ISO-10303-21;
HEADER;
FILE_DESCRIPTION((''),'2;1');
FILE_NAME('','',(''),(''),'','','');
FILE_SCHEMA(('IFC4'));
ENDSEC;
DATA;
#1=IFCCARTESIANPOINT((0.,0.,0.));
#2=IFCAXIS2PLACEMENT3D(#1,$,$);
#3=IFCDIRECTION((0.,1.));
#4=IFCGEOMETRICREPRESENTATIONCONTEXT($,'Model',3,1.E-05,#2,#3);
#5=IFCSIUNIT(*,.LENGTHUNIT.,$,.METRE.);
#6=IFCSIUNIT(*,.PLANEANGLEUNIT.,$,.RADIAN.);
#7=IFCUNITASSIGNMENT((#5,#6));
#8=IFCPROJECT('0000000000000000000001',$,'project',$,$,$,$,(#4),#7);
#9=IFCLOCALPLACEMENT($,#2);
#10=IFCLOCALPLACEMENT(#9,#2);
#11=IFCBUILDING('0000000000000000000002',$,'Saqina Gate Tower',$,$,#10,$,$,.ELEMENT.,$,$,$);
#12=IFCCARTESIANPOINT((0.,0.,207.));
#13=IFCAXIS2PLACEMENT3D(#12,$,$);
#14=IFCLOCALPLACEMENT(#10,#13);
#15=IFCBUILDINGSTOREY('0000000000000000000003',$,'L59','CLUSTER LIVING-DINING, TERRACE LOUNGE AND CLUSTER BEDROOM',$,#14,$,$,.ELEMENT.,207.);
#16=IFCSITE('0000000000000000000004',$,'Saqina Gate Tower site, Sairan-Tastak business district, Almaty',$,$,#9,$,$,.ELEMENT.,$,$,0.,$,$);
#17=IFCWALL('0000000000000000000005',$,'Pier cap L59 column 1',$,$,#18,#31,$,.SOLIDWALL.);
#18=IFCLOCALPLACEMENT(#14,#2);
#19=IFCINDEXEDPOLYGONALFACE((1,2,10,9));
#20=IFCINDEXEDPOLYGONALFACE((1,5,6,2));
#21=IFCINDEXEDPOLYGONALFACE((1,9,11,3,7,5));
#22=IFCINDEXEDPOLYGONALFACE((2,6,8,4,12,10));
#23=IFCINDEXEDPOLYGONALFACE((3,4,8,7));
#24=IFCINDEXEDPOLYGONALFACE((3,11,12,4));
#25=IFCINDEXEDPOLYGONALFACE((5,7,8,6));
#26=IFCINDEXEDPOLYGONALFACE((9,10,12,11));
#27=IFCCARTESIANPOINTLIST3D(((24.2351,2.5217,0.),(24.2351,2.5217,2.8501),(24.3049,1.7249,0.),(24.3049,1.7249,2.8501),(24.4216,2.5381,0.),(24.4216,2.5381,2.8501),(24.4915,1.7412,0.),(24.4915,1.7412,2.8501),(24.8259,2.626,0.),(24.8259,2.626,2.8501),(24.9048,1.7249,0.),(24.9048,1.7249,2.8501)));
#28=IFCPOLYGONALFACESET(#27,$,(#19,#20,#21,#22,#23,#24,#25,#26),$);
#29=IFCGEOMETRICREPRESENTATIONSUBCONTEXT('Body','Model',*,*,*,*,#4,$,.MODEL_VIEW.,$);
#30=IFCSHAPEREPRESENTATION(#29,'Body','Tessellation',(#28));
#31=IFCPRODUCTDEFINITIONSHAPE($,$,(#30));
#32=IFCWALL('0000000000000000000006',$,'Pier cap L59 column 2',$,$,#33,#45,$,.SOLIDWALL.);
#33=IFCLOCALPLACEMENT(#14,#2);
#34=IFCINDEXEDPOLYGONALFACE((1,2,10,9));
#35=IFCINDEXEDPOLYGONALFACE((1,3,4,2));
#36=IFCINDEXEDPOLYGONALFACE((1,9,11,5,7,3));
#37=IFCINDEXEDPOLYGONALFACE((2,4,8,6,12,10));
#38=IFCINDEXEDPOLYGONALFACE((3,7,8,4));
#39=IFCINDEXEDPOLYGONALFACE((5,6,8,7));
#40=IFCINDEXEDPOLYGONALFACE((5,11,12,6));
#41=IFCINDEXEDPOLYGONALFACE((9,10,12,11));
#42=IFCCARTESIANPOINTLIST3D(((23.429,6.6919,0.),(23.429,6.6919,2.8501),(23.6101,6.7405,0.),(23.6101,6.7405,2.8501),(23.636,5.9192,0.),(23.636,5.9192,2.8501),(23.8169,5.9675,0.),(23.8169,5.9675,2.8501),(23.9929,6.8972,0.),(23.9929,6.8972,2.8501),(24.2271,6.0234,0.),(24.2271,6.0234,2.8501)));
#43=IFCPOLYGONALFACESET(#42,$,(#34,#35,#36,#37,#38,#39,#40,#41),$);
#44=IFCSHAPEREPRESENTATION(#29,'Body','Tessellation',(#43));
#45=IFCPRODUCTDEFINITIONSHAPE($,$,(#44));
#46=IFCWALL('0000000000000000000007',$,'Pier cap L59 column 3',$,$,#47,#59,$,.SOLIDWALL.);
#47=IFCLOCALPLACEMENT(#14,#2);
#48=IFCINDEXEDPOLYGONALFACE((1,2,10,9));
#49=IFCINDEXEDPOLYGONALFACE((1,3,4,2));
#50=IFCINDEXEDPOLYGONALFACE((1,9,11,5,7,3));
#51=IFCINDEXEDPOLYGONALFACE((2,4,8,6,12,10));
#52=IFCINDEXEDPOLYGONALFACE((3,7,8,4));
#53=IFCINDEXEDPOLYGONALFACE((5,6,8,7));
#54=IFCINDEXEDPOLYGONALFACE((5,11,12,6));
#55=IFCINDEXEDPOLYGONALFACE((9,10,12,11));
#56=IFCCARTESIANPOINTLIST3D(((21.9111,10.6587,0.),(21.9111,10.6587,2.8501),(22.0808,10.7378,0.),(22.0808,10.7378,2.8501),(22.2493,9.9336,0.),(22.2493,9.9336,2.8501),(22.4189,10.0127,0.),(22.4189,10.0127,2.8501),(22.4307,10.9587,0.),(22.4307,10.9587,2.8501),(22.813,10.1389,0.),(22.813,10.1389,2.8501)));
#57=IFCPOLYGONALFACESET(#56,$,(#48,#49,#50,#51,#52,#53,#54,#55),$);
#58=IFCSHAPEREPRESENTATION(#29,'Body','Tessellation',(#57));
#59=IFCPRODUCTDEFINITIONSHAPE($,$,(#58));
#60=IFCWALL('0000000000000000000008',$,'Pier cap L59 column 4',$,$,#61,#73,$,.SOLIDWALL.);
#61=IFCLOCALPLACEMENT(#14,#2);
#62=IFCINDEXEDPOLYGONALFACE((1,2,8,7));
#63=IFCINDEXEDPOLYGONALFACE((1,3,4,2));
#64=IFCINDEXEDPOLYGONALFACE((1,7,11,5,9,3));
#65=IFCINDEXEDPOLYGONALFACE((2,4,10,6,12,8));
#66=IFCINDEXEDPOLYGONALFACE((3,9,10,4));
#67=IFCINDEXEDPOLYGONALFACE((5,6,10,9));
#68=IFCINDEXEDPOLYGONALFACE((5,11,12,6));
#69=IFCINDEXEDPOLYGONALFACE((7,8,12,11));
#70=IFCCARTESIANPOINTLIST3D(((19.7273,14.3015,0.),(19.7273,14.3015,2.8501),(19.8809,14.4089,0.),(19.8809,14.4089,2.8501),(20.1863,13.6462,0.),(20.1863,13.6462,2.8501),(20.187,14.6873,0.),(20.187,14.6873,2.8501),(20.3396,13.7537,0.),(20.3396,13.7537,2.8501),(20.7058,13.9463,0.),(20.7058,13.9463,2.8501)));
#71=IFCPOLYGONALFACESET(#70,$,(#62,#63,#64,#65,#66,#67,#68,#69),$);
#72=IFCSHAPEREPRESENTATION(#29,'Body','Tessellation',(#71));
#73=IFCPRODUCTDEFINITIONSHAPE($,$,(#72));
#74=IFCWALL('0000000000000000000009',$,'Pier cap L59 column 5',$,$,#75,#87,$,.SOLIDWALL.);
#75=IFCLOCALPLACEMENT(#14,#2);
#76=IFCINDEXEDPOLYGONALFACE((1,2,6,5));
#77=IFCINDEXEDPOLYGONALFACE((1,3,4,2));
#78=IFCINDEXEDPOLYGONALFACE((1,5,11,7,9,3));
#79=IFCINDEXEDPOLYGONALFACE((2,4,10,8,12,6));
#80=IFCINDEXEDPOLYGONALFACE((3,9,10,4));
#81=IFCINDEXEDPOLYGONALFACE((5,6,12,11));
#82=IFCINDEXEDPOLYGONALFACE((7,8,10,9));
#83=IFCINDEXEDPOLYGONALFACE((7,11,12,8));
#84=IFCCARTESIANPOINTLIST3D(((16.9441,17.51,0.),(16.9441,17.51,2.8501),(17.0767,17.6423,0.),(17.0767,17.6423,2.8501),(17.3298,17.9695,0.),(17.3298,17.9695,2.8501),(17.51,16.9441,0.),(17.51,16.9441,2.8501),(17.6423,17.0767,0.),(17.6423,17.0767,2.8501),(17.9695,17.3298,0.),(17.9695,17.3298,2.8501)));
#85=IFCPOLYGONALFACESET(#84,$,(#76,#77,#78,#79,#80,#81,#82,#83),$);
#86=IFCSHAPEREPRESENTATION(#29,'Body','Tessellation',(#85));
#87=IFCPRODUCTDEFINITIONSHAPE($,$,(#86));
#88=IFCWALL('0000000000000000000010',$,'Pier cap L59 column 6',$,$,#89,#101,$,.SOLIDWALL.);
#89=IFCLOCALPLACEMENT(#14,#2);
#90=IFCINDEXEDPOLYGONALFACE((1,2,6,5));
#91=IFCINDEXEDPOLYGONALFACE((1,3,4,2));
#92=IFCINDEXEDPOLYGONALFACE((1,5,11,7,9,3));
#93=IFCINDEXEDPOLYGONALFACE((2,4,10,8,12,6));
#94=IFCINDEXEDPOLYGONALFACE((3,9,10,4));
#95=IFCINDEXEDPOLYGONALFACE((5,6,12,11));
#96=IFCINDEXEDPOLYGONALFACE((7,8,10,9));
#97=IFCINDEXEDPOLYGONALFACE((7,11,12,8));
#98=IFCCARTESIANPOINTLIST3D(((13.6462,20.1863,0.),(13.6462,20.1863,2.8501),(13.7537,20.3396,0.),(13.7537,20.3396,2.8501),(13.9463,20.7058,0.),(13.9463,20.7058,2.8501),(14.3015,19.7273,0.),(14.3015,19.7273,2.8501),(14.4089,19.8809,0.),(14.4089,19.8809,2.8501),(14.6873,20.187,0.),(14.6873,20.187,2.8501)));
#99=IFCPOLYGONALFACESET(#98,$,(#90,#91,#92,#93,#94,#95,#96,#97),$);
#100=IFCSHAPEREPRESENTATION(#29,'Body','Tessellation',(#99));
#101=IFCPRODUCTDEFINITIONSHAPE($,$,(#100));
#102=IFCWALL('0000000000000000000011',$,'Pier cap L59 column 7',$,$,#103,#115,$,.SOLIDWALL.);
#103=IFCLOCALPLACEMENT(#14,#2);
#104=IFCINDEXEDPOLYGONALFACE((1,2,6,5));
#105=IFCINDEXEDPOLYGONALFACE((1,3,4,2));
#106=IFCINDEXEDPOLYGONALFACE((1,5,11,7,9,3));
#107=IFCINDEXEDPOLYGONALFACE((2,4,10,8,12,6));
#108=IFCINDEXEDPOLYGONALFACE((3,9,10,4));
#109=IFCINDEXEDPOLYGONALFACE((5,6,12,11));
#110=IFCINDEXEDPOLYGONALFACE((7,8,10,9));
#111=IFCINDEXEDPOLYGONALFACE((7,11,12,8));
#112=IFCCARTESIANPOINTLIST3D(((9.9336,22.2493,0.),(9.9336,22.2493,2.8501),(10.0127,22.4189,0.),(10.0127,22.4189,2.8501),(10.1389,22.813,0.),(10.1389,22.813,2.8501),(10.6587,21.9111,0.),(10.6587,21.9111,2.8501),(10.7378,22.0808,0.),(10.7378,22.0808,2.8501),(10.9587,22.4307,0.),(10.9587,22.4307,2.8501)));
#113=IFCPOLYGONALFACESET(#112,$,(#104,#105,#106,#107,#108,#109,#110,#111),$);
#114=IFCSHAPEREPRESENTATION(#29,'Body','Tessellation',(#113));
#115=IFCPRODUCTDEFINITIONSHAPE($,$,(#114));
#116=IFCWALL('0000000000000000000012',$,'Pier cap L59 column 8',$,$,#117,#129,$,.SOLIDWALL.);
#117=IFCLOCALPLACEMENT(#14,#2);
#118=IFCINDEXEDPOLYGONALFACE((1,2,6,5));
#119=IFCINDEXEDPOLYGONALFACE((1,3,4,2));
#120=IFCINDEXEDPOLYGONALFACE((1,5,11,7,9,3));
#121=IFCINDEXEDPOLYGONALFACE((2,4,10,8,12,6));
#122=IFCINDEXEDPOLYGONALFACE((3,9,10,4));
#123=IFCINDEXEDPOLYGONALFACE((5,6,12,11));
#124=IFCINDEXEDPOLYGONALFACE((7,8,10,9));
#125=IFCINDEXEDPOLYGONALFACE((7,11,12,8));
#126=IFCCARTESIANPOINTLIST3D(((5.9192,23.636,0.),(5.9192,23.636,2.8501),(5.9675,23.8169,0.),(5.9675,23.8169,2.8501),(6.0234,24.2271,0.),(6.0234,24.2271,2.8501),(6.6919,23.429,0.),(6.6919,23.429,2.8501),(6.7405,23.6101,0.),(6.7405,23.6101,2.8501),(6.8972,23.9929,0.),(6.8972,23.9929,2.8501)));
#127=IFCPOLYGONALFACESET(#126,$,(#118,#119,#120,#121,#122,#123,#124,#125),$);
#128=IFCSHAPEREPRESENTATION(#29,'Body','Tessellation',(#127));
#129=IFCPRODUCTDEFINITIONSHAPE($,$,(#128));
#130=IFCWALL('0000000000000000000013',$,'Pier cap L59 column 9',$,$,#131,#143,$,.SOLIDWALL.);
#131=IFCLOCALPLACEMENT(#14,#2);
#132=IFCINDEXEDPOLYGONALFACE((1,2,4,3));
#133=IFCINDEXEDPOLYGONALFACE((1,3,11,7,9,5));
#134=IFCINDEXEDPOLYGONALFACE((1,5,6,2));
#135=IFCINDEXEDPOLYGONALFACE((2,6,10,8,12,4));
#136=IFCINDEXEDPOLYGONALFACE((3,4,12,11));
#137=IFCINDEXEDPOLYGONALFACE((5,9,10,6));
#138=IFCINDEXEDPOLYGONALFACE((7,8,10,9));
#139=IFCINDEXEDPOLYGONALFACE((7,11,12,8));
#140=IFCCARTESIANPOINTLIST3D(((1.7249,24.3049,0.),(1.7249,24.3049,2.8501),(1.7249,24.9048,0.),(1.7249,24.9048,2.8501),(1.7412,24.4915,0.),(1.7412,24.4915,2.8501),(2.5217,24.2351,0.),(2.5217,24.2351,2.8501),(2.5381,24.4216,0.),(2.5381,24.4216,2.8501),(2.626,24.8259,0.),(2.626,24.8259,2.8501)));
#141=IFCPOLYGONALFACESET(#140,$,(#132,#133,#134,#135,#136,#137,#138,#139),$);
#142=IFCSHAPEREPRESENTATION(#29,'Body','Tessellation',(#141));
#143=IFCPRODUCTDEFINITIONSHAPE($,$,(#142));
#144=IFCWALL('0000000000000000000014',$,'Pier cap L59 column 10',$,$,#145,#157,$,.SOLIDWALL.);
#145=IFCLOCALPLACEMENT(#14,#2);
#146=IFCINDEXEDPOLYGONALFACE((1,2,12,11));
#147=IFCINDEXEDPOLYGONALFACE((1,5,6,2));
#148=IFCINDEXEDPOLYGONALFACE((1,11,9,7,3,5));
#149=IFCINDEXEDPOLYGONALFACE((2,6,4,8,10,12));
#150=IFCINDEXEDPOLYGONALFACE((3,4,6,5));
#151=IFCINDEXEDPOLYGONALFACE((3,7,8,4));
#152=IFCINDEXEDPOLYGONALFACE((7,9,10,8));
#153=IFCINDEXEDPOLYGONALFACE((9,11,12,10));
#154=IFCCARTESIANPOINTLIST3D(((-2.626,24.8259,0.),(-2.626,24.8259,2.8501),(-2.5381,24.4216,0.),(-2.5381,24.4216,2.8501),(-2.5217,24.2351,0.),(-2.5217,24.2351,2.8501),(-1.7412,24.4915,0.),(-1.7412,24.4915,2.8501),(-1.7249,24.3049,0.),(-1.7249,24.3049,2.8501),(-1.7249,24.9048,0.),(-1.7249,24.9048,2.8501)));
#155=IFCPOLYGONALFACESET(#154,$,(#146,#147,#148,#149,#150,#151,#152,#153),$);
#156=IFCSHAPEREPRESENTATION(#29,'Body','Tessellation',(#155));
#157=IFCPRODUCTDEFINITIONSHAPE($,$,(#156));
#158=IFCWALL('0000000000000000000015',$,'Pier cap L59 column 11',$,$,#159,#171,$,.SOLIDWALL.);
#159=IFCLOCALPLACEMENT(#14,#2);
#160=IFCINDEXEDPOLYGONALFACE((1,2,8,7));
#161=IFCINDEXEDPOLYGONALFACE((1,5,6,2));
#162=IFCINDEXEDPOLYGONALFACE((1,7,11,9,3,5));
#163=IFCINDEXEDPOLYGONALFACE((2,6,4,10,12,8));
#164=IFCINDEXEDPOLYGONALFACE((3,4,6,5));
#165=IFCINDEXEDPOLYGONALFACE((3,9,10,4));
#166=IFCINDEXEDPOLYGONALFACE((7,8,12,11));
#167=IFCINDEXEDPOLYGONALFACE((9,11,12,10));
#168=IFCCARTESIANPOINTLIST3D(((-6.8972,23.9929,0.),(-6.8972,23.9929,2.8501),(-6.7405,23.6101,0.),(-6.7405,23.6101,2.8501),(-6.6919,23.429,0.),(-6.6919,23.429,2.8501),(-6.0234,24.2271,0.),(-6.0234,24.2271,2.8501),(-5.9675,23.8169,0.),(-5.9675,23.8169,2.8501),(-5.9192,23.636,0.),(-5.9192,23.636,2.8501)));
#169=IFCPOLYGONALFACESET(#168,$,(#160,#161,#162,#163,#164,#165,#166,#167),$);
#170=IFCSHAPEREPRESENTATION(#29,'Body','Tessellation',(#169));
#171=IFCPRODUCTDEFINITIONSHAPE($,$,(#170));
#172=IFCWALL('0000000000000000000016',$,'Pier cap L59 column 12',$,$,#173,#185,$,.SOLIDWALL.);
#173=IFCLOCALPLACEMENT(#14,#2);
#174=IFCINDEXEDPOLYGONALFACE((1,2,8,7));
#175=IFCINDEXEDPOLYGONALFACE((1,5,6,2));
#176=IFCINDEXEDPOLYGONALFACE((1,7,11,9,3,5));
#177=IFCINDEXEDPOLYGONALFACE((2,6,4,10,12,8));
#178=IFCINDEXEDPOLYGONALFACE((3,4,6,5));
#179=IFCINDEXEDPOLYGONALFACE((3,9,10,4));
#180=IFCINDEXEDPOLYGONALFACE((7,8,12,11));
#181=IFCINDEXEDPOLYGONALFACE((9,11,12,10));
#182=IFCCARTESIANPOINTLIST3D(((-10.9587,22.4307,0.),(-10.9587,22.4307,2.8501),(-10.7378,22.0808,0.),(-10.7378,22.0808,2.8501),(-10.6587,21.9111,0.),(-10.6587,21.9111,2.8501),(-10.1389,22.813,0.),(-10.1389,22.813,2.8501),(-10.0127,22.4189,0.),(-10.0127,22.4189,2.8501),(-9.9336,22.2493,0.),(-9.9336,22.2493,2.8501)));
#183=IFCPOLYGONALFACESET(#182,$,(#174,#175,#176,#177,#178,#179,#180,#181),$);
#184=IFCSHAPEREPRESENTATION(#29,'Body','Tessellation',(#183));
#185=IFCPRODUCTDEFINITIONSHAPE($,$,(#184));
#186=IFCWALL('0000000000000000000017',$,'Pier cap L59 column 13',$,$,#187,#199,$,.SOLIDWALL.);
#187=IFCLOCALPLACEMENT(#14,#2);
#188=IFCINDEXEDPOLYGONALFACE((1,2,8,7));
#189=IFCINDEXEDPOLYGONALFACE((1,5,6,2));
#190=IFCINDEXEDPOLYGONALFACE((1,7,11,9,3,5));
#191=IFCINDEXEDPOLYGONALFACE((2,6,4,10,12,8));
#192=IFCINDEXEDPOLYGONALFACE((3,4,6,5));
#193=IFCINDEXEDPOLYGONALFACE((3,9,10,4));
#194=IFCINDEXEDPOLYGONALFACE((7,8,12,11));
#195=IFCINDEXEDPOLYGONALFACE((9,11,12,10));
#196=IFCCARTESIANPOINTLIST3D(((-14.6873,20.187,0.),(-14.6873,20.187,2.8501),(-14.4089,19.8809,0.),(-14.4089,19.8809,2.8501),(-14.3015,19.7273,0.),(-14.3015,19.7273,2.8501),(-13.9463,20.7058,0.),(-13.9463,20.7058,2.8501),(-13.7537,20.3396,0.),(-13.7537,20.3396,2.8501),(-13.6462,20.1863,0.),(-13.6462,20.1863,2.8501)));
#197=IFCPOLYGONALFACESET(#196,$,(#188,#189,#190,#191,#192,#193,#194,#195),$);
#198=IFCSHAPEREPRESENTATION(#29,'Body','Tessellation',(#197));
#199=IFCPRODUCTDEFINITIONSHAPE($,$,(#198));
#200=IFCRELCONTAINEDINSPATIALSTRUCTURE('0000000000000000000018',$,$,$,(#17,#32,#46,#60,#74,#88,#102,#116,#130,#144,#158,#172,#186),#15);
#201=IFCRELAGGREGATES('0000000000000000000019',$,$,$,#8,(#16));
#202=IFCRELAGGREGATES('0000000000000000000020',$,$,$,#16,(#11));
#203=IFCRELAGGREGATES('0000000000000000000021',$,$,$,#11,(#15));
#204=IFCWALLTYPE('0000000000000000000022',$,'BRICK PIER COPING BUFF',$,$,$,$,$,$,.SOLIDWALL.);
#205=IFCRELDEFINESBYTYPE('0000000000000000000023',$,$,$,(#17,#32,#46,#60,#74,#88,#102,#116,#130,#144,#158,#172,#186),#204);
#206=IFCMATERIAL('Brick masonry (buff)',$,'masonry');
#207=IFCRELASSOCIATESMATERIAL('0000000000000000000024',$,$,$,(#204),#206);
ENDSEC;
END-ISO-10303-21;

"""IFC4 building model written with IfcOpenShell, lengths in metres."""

from ifc_helpers import new_model, si_unit, direction, frame, origin, place, context, subcontext, project, spatial, polyline, outline, extrude, material, type_object, element, save


model = new_model("IFC4")

# Units and contexts
model_context = context("Model", 3, precision=1e-05, world=origin(), true_north=direction((0.0, 1.0)))
body_context = subcontext(model_context, "Body", "Model", "MODEL_VIEW")
ifc_project = project(units=[si_unit("LENGTHUNIT", "METRE"), si_unit("PLANEANGLEUNIT", "RADIAN")], contexts=[model_context])

# Site, building, storey
site_placement = place(None, origin())
site = spatial("IfcSite", under=ifc_project, at=site_placement, Name="Saqina Gate Tower site, Sairan-Tastak business district, Almaty", CompositionType="ELEMENT", RefElevation=0.0)
building_placement = place(site_placement, origin())
building = spatial("IfcBuilding", under=site, at=building_placement, Name="Saqina Gate Tower", CompositionType="ELEMENT")
storey_placement = place(building_placement, frame((0.0, 0.0, 207.0)))
storey = spatial("IfcBuildingStorey", under=building, at=storey_placement, Name="L59", Description="CLUSTER LIVING-DINING, TERRACE LOUNGE AND CLUSTER BEDROOM", CompositionType="ELEMENT", Elevation=207.0)

# Walls
ifc_material = material(Name="Brick masonry (buff)", Category="masonry")
wall_type = type_object("IfcWallType", Name="BRICK PIER COPING BUFF", PredefinedType="SOLIDWALL", material=ifc_material)
wall_1_placement = place(storey_placement, origin())
element("IfcWall", 1, at=wall_1_placement, inside=storey, type_object=wall_type, Name="Pier cap L59 column 1", PredefinedType="SOLIDWALL", context=body_context, shape_type="SweptSolid", body=[
    extrude(outline(polyline([(24.9048, 1.7249), (24.8259, 2.626), (24.2351, 2.5217), (24.4216, 2.5381), (24.4915, 1.7412), (24.3049, 1.7249), (24.9048, 1.7249)])), origin(), (0.0, 0.0, 1.0), 2.8501),
])
wall_2_placement = place(storey_placement, origin())
element("IfcWall", 2, at=wall_2_placement, inside=storey, type_object=wall_type, Name="Pier cap L59 column 2", PredefinedType="SOLIDWALL", context=body_context, shape_type="SweptSolid", body=[
    extrude(outline(polyline([(24.2271, 6.0234), (23.9929, 6.8972), (23.429, 6.6919), (23.6101, 6.7405), (23.8169, 5.9675), (23.636, 5.9192), (24.2271, 6.0234)])), origin(), (0.0, 0.0, 1.0), 2.8501),
])
wall_3_placement = place(storey_placement, origin())
element("IfcWall", 3, at=wall_3_placement, inside=storey, type_object=wall_type, Name="Pier cap L59 column 3", PredefinedType="SOLIDWALL", context=body_context, shape_type="SweptSolid", body=[
    extrude(outline(polyline([(22.4307, 10.9587), (21.9111, 10.6587), (22.0808, 10.7378), (22.4189, 10.0127), (22.2493, 9.9336), (22.813, 10.1389), (22.4307, 10.9587)])), origin(), (0.0, 0.0, 1.0), 2.8501),
])
wall_4_placement = place(storey_placement, origin())
element("IfcWall", 4, at=wall_4_placement, inside=storey, type_object=wall_type, Name="Pier cap L59 column 4", PredefinedType="SOLIDWALL", context=body_context, shape_type="SweptSolid", body=[
    extrude(outline(polyline([(20.7058, 13.9463), (20.187, 14.6873), (19.7273, 14.3015), (19.8809, 14.4089), (20.3396, 13.7537), (20.1863, 13.6462), (20.7058, 13.9463)])), origin(), (0.0, 0.0, 1.0), 2.8501),
])
wall_5_placement = place(storey_placement, origin())
element("IfcWall", 5, at=wall_5_placement, inside=storey, type_object=wall_type, Name="Pier cap L59 column 5", PredefinedType="SOLIDWALL", context=body_context, shape_type="SweptSolid", body=[
    extrude(outline(polyline([(17.3298, 17.9695), (16.9441, 17.51), (17.0767, 17.6423), (17.6423, 17.0767), (17.51, 16.9441), (17.9695, 17.3298), (17.3298, 17.9695)])), origin(), (0.0, 0.0, 1.0), 2.8501),
])
wall_6_placement = place(storey_placement, origin())
element("IfcWall", 6, at=wall_6_placement, inside=storey, type_object=wall_type, Name="Pier cap L59 column 6", PredefinedType="SOLIDWALL", context=body_context, shape_type="SweptSolid", body=[
    extrude(outline(polyline([(14.6873, 20.187), (13.9463, 20.7058), (13.6462, 20.1863), (13.7537, 20.3396), (14.4089, 19.8809), (14.3015, 19.7273), (14.6873, 20.187)])), origin(), (0.0, 0.0, 1.0), 2.8501),
])
wall_7_placement = place(storey_placement, origin())
element("IfcWall", 7, at=wall_7_placement, inside=storey, type_object=wall_type, Name="Pier cap L59 column 7", PredefinedType="SOLIDWALL", context=body_context, shape_type="SweptSolid", body=[
    extrude(outline(polyline([(10.1389, 22.813), (9.9336, 22.2493), (10.0127, 22.4189), (10.7378, 22.0808), (10.6587, 21.9111), (10.9587, 22.4307), (10.1389, 22.813)])), origin(), (0.0, 0.0, 1.0), 2.8501),
])
wall_8_placement = place(storey_placement, origin())
element("IfcWall", 8, at=wall_8_placement, inside=storey, type_object=wall_type, Name="Pier cap L59 column 8", PredefinedType="SOLIDWALL", context=body_context, shape_type="SweptSolid", body=[
    extrude(outline(polyline([(6.0234, 24.2271), (5.9192, 23.636), (5.9675, 23.8169), (6.7405, 23.6101), (6.6919, 23.429), (6.8972, 23.9929), (6.0234, 24.2271)])), origin(), (0.0, 0.0, 1.0), 2.8501),
])
wall_9_placement = place(storey_placement, origin())
element("IfcWall", 9, at=wall_9_placement, inside=storey, type_object=wall_type, Name="Pier cap L59 column 9", PredefinedType="SOLIDWALL", context=body_context, shape_type="SweptSolid", body=[
    extrude(outline(polyline([(2.626, 24.8259), (1.7249, 24.9048), (1.7249, 24.3049), (1.7412, 24.4915), (2.5381, 24.4216), (2.5217, 24.2351), (2.626, 24.8259)])), origin(), (0.0, 0.0, 1.0), 2.8501),
])
wall_10_placement = place(storey_placement, origin())
element("IfcWall", 10, at=wall_10_placement, inside=storey, type_object=wall_type, Name="Pier cap L59 column 10", PredefinedType="SOLIDWALL", context=body_context, shape_type="SweptSolid", body=[
    extrude(outline(polyline([(-1.7249, 24.9048), (-2.626, 24.8259), (-2.5217, 24.2351), (-2.5381, 24.4216), (-1.7412, 24.4915), (-1.7249, 24.3049), (-1.7249, 24.9048)])), origin(), (0.0, 0.0, 1.0), 2.8501),
])
wall_11_placement = place(storey_placement, origin())
element("IfcWall", 11, at=wall_11_placement, inside=storey, type_object=wall_type, Name="Pier cap L59 column 11", PredefinedType="SOLIDWALL", context=body_context, shape_type="SweptSolid", body=[
    extrude(outline(polyline([(-6.0234, 24.2271), (-6.8972, 23.9929), (-6.6919, 23.429), (-6.7405, 23.6101), (-5.9675, 23.8169), (-5.9192, 23.636), (-6.0234, 24.2271)])), origin(), (0.0, 0.0, 1.0), 2.8501),
])
wall_12_placement = place(storey_placement, origin())
element("IfcWall", 12, at=wall_12_placement, inside=storey, type_object=wall_type, Name="Pier cap L59 column 12", PredefinedType="SOLIDWALL", context=body_context, shape_type="SweptSolid", body=[
    extrude(outline(polyline([(-10.9587, 22.4307), (-10.6587, 21.9111), (-10.7378, 22.0808), (-10.0127, 22.4189), (-9.9336, 22.2493), (-10.1389, 22.813), (-10.9587, 22.4307)])), origin(), (0.0, 0.0, 1.0), 2.8501),
])
wall_13_placement = place(storey_placement, origin())
element("IfcWall", 13, at=wall_13_placement, inside=storey, type_object=wall_type, Name="Pier cap L59 column 13", PredefinedType="SOLIDWALL", context=body_context, shape_type="SweptSolid", body=[
    extrude(outline(polyline([(-13.9463, 20.7058), (-14.6873, 20.187), (-14.3015, 19.7273), (-14.4089, 19.8809), (-13.7537, 20.3396), (-13.6462, 20.1863), (-13.9463, 20.7058)])), origin(), (0.0, 0.0, 1.0), 2.8501),
])

save(model, "model.ifc")
